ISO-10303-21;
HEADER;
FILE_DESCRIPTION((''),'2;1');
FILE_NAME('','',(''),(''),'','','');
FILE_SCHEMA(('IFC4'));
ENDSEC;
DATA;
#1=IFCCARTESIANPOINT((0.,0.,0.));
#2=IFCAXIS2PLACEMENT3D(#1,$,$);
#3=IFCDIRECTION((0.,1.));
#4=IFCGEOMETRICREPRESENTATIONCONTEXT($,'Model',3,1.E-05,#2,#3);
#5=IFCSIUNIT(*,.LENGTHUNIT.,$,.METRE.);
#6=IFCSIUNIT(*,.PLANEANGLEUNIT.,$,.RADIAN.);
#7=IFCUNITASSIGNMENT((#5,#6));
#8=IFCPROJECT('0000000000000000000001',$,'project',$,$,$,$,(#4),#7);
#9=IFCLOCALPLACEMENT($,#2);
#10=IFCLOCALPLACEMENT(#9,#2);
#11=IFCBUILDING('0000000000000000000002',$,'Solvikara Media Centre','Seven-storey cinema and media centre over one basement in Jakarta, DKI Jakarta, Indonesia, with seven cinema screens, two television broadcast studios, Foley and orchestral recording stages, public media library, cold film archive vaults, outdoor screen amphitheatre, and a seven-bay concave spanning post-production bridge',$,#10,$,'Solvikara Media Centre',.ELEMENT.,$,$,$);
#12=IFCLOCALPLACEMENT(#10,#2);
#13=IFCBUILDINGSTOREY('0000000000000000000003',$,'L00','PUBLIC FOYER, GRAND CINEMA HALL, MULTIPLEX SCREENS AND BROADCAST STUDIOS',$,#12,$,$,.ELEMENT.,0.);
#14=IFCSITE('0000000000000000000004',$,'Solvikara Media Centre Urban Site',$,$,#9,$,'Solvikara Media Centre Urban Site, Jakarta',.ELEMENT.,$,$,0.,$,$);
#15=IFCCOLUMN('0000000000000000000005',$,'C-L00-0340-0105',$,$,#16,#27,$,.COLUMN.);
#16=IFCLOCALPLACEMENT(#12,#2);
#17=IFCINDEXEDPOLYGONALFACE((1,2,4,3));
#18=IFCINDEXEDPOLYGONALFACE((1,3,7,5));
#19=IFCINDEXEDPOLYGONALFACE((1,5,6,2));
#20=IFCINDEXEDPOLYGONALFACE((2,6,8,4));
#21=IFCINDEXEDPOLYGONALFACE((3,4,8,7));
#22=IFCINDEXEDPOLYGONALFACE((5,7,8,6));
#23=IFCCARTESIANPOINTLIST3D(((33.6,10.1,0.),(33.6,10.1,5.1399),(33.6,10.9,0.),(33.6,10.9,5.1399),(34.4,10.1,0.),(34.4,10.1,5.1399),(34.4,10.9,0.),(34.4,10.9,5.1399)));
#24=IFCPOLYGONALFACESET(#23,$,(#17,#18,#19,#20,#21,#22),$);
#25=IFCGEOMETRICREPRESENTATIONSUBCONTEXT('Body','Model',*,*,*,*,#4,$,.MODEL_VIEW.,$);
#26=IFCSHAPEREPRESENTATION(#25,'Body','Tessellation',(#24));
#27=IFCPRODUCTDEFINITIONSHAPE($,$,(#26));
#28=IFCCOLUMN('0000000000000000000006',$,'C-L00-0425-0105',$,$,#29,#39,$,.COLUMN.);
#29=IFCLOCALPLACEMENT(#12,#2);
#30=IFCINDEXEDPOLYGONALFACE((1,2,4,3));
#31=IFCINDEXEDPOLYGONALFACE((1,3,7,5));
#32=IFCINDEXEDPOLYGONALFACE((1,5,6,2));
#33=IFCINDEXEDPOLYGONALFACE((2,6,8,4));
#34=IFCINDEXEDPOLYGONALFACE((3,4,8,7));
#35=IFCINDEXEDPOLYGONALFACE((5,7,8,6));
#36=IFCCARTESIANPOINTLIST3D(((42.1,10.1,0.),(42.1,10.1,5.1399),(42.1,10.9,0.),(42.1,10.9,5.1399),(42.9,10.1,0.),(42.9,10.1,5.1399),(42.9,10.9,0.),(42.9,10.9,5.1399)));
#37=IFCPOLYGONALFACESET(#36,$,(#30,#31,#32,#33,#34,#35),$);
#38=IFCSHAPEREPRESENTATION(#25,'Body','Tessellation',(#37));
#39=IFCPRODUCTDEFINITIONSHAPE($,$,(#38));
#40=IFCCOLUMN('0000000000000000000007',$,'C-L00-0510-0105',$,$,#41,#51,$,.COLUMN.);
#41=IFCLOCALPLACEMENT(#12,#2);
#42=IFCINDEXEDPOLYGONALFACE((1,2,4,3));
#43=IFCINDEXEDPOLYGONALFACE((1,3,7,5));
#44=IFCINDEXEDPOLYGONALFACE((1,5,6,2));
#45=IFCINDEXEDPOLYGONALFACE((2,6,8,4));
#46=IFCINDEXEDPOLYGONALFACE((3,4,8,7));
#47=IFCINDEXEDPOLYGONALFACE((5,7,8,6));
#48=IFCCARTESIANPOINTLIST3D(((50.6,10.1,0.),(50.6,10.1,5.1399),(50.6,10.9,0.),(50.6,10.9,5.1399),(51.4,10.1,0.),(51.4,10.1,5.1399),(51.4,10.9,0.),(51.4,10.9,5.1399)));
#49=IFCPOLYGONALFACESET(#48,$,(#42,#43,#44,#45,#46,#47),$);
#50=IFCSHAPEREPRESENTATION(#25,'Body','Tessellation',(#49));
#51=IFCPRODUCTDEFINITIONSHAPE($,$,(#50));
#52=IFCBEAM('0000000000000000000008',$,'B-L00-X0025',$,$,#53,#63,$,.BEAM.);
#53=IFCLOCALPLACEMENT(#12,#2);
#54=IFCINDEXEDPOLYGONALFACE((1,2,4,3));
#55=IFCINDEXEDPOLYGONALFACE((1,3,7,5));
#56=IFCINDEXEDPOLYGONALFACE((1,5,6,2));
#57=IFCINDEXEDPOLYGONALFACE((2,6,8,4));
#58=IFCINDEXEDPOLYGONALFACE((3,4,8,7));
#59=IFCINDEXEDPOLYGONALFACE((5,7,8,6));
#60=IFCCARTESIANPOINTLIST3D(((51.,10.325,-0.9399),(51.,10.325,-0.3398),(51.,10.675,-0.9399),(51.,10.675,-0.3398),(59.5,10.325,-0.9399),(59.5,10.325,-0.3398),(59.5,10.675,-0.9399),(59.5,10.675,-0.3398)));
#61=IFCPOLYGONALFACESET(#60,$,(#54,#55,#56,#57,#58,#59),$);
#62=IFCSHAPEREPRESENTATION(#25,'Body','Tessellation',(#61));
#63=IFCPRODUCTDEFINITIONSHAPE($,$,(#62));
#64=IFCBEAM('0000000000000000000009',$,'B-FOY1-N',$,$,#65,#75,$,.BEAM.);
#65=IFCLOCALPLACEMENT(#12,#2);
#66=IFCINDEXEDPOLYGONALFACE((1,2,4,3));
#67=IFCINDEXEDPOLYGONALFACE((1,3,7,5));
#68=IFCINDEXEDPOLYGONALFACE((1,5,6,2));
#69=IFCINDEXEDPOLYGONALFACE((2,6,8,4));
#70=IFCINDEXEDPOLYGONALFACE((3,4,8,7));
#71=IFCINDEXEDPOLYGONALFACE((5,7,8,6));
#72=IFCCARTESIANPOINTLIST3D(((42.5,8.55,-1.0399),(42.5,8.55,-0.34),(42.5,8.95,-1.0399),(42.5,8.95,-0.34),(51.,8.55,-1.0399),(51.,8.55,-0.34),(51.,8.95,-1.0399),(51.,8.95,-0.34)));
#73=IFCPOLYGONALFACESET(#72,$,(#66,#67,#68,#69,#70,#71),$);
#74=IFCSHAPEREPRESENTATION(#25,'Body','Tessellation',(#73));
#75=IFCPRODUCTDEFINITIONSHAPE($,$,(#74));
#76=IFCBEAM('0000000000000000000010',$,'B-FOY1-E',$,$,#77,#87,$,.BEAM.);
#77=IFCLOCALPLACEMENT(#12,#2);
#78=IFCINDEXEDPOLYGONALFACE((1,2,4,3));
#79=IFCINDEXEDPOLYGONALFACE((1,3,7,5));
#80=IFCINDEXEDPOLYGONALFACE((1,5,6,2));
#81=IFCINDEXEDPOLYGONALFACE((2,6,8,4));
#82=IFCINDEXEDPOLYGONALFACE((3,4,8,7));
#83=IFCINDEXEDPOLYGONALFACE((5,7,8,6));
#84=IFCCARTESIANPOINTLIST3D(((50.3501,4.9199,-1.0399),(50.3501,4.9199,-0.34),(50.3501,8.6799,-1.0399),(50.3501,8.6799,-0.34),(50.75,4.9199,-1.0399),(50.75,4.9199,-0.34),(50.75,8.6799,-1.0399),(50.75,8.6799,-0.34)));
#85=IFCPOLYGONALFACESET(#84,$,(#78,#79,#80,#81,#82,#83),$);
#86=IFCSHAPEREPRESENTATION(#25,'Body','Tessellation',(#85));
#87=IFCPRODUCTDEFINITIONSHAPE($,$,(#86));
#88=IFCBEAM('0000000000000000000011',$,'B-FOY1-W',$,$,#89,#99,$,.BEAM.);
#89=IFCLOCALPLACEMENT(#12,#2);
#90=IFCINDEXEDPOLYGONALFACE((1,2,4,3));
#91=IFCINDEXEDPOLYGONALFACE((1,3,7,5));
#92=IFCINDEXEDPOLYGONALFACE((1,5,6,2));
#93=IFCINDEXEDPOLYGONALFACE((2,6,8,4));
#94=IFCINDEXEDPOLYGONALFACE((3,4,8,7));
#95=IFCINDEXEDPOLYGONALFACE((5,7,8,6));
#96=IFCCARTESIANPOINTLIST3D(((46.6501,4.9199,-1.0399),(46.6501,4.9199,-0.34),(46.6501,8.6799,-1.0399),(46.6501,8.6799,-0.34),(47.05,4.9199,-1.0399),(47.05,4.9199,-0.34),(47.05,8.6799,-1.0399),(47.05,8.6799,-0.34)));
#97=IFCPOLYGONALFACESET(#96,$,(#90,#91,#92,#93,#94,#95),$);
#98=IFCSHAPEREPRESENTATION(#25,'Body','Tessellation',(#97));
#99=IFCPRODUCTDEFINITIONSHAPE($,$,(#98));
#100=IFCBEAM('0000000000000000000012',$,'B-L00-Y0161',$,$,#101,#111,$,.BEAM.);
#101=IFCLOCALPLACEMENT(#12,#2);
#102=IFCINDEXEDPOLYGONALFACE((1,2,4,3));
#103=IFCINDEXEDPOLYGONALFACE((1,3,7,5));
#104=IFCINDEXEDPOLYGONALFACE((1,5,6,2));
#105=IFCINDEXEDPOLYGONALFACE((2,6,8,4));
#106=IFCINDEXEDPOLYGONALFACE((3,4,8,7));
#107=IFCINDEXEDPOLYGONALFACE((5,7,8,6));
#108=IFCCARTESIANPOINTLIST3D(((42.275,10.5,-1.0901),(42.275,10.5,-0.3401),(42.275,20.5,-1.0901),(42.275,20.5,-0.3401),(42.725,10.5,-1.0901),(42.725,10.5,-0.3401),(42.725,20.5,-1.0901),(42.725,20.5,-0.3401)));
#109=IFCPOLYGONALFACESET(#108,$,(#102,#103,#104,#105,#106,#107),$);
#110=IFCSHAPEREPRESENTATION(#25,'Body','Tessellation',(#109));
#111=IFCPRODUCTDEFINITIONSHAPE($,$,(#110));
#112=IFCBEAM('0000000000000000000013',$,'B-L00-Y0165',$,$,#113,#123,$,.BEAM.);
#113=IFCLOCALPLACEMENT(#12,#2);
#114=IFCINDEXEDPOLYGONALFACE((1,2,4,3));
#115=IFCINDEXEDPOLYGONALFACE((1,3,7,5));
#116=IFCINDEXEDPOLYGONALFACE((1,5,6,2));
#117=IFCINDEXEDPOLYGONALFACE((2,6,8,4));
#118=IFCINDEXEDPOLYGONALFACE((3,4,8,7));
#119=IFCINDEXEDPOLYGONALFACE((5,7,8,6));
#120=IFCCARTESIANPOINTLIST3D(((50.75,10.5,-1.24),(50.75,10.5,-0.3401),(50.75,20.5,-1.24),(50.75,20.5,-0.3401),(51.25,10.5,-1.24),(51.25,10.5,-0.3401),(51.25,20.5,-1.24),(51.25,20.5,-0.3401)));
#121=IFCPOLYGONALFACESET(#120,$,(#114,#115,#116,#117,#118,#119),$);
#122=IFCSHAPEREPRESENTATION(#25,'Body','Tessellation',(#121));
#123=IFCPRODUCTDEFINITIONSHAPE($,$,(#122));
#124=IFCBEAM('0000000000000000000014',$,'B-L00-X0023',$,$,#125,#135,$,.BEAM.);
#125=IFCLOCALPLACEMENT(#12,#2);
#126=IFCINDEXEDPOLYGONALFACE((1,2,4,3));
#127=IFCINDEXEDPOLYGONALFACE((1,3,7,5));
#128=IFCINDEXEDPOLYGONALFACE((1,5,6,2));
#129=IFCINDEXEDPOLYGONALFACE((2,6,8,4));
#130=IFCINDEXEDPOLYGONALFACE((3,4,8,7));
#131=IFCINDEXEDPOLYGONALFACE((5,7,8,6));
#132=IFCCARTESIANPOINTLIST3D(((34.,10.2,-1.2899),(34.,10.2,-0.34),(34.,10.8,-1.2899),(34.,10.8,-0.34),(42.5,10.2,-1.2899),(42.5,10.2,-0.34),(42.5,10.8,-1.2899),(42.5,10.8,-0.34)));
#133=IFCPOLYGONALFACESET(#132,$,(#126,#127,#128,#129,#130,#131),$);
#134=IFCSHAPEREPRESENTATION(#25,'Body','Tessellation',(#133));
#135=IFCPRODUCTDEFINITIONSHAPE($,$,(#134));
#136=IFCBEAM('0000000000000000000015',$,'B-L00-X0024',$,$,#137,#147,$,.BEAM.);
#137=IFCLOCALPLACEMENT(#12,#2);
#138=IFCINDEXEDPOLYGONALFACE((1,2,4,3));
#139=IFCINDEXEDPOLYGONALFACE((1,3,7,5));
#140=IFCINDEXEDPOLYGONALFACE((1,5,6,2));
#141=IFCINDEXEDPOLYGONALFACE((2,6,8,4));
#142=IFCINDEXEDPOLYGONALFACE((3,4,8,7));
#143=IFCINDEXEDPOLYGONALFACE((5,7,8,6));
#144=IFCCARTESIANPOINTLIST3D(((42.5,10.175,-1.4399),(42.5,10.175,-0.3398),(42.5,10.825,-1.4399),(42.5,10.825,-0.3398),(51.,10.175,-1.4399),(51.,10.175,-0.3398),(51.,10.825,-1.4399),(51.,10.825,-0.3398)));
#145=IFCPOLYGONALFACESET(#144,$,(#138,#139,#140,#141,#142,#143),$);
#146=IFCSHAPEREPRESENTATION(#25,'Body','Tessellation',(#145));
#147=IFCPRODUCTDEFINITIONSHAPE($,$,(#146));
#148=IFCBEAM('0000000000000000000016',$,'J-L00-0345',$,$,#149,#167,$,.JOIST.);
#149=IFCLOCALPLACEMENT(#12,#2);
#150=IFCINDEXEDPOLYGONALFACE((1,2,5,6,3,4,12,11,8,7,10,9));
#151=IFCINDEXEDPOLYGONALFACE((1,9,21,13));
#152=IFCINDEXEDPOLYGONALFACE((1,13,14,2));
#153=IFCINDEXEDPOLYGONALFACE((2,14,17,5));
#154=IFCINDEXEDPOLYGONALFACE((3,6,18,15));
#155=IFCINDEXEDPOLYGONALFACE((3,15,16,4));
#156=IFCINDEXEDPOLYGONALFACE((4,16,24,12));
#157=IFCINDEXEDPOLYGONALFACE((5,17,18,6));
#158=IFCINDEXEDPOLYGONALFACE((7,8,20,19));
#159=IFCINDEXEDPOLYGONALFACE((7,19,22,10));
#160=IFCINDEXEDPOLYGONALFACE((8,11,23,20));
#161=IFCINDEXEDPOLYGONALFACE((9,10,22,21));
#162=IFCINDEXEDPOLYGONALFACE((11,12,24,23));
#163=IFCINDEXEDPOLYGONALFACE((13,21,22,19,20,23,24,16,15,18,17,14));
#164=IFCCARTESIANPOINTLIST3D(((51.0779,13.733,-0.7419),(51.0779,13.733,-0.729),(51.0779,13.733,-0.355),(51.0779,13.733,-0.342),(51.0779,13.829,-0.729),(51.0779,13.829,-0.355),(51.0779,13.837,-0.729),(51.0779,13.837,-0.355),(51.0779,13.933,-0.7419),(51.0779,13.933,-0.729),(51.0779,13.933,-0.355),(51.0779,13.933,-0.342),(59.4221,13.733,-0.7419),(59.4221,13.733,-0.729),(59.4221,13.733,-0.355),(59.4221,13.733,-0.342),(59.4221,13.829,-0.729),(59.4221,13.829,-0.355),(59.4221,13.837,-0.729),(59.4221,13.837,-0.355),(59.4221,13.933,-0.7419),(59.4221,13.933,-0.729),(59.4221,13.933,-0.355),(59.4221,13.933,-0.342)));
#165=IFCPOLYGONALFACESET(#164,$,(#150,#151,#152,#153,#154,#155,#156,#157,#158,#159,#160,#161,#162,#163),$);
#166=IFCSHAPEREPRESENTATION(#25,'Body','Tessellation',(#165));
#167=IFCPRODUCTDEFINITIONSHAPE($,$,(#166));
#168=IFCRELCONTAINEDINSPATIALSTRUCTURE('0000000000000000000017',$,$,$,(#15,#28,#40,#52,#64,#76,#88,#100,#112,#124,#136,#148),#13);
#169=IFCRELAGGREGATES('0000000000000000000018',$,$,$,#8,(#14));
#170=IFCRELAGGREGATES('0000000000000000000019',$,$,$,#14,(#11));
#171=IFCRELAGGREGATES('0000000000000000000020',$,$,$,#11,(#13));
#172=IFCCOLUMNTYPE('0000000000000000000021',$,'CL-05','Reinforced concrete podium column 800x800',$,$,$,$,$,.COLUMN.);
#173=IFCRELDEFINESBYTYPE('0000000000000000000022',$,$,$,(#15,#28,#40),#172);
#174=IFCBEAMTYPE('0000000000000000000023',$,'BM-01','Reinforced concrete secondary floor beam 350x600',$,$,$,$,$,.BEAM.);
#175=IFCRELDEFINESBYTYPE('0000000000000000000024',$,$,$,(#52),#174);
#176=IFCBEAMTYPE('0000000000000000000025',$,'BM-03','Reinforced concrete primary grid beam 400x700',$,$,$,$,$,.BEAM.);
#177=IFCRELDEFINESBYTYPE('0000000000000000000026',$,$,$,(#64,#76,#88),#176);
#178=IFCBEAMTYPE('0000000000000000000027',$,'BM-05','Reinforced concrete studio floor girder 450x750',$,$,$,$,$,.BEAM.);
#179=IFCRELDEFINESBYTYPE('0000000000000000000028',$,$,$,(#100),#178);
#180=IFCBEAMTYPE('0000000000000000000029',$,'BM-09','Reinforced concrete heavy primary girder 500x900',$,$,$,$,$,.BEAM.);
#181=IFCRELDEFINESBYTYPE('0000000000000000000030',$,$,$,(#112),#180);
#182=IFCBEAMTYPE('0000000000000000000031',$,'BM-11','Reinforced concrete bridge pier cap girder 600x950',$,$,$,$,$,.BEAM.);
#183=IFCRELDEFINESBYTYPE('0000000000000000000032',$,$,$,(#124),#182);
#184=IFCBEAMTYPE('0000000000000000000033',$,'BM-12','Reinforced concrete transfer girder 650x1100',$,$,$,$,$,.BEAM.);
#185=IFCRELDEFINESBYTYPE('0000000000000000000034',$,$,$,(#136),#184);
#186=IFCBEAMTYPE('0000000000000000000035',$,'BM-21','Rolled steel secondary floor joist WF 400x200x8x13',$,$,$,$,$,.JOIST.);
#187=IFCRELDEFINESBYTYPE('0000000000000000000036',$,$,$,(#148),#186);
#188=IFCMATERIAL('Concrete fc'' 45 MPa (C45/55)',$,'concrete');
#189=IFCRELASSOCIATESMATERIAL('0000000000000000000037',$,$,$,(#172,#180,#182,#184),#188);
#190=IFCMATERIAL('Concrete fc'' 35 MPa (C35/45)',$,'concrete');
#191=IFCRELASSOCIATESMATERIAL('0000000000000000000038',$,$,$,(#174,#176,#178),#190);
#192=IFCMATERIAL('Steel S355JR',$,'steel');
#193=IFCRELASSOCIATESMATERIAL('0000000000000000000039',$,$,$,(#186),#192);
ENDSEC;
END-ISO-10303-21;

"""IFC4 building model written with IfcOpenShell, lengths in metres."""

from ifc_helpers import new_model, si_unit, direction, frame, origin, origin_2d, place, context, subcontext, project, spatial, rectangle, i_section, extrude, material, material_profile, profile_set, type_object, element, save


model = new_model("IFC4")

# Units and contexts
model_context = context("Model", 3, precision=1e-05, world=origin(), true_north=direction((0.0, 1.0)))
body_context = subcontext(model_context, "Body", "Model", "MODEL_VIEW")
ifc_project = project(units=[si_unit("LENGTHUNIT", "METRE"), si_unit("PLANEANGLEUNIT", "RADIAN")], contexts=[model_context])

# Site, building, storey
site_placement = place(None, origin())
site = spatial("IfcSite", under=ifc_project, at=site_placement, Name="Solvikara Media Centre Urban Site", LongName="Solvikara Media Centre Urban Site, Jakarta", CompositionType="ELEMENT", RefElevation=0.0)
building_placement = place(site_placement, origin())
building = spatial("IfcBuilding", under=site, at=building_placement, Name="Solvikara Media Centre", Description="Seven-storey cinema and media centre over one basement in Jakarta, DKI Jakarta, Indonesia, with seven cinema screens, two television broadcast studios, Foley and orchestral recording stages, public media library, cold film archive vaults, outdoor screen amphitheatre, and a seven-bay concave spanning post-production bridge", LongName="Solvikara Media Centre", CompositionType="ELEMENT")
storey_placement = place(building_placement, origin())
storey = spatial("IfcBuildingStorey", under=building, at=storey_placement, Name="L00", Description="PUBLIC FOYER, GRAND CINEMA HALL, MULTIPLEX SCREENS AND BROADCAST STUDIOS", CompositionType="ELEMENT", Elevation=0.0)

# Columns
ifc_material_1 = material(Name="Concrete fc' 45 MPa (C45/55)", Category="concrete")
ifc_material_profile_1 = material_profile(ifc_material_1, rectangle(XDim=0.8, YDim=0.8, at=origin_2d()), Name="RC 800x800")
ifc_profile_set_1 = profile_set([ifc_material_profile_1], Name="Concrete fc' 45 MPa (C45/55)")
column_type = type_object("IfcColumnType", Name="CL-05", Description="Reinforced concrete podium column 800x800", PredefinedType="COLUMN", material=ifc_profile_set_1)
for number, where, z_axis, x_axis, name in (
    (1, (34.0, 10.5, 0.0), (0.0, 0.0, 1.0), (1.0, 0.0, 0.0), "C-L00-0340-0105"),
    (2, (42.5, 10.5, 0.0), (0.0, 0.0, 1.0), (1.0, 0.0, 0.0), "C-L00-0425-0105"),
    (3, (51.0, 10.5, 0.0), (0.0, 0.0, 1.0), (1.0, 0.0, 0.0), "C-L00-0510-0105"),
):
    element("IfcColumn", number, at=place(storey_placement, frame(where, z_axis=z_axis, x_axis=x_axis)), inside=storey, type_object=column_type, Name=name, PredefinedType="COLUMN", context=body_context, shape_type="SweptSolid", body=[
        extrude(rectangle(XDim=0.8, YDim=0.8, at=origin_2d()), origin(), (0.0, 0.0, 1.0), 5.1399),
    ])

# Beams
ifc_material_2 = material(Name="Concrete fc' 35 MPa (C35/45)", Category="concrete")
ifc_material_profile_2 = material_profile(ifc_material_2, rectangle(XDim=0.3501, YDim=0.6001, at=origin_2d()), Name="RC 350x600")
ifc_profile_set_2 = profile_set([ifc_material_profile_2], Name="Concrete fc' 35 MPa (C35/45)")
beam_type_1 = type_object("IfcBeamType", Name="BM-01", Description="Reinforced concrete secondary floor beam 350x600", PredefinedType="BEAM", material=ifc_profile_set_2)
beam_1_placement = place(storey_placement, frame((51.0, 10.5, -0.6399), z_axis=(1.0, 0.0, 0.0), x_axis=(0.0, 1.0, 0.0)))
element("IfcBeam", 4, at=beam_1_placement, inside=storey, type_object=beam_type_1, Name="B-L00-X0025", PredefinedType="BEAM", context=body_context, shape_type="SweptSolid", body=[
    extrude(rectangle(XDim=0.3501, YDim=0.6001, at=origin_2d()), origin(), (0.0, 0.0, 1.0), 8.5),
])
ifc_material_profile_3 = material_profile(ifc_material_2, rectangle(XDim=0.3999, YDim=0.7, at=origin_2d()), Name="RC 400x700")
ifc_profile_set_3 = profile_set([ifc_material_profile_3], Name="Concrete fc' 35 MPa (C35/45)")
beam_type_2 = type_object("IfcBeamType", Name="BM-03", Description="Reinforced concrete primary grid beam 400x700", PredefinedType="BEAM", material=ifc_profile_set_3)
beam_2_placement = place(storey_placement, frame((42.5, 8.75, -0.6899), z_axis=(1.0, 0.0, 0.0), x_axis=(0.0, 1.0, 0.0)))
element("IfcBeam", 5, at=beam_2_placement, inside=storey, type_object=beam_type_2, Name="B-FOY1-N", PredefinedType="BEAM", context=body_context, shape_type="SweptSolid", body=[
    extrude(rectangle(XDim=0.3999, YDim=0.7, at=origin_2d()), origin(), (0.0, 0.0, 1.0), 8.5),
])
for number, where, z_axis, x_axis, name in (
    (6, (50.55, 4.9199, -0.6899), (0.0, 1.0, 0.0), (-1.0, 0.0, 0.0), "B-FOY1-E"),
    (7, (46.8501, 4.9199, -0.6899), (0.0, 1.0, 0.0), (-1.0, 0.0, 0.0), "B-FOY1-W"),
):
    element("IfcBeam", number, at=place(storey_placement, frame(where, z_axis=z_axis, x_axis=x_axis)), inside=storey, type_object=beam_type_2, Name=name, PredefinedType="BEAM", context=body_context, shape_type="SweptSolid", body=[
        extrude(rectangle(XDim=0.3999, YDim=0.7, at=origin_2d()), origin(), (0.0, 0.0, 1.0), 3.76),
    ])
ifc_material_profile_4 = material_profile(ifc_material_2, rectangle(XDim=0.45, YDim=0.75, at=origin_2d()), Name="RC 450x750")
ifc_profile_set_4 = profile_set([ifc_material_profile_4], Name="Concrete fc' 35 MPa (C35/45)")
beam_type_3 = type_object("IfcBeamType", Name="BM-05", Description="Reinforced concrete studio floor girder 450x750", PredefinedType="BEAM", material=ifc_profile_set_4)
beam_3_placement = place(storey_placement, frame((42.5, 10.5, -0.7151), z_axis=(0.0, 1.0, 0.0), x_axis=(-1.0, 0.0, 0.0)))
element("IfcBeam", 8, at=beam_3_placement, inside=storey, type_object=beam_type_3, Name="B-L00-Y0161", PredefinedType="BEAM", context=body_context, shape_type="SweptSolid", body=[
    extrude(rectangle(XDim=0.45, YDim=0.75, at=origin_2d()), origin(), (0.0, 0.0, 1.0), 10.0),
])
ifc_material_profile_5 = material_profile(ifc_material_1, rectangle(XDim=0.5, YDim=0.8999, at=origin_2d()), Name="RC 500x900")
ifc_profile_set_5 = profile_set([ifc_material_profile_5], Name="Concrete fc' 45 MPa (C45/55)")
beam_type_4 = type_object("IfcBeamType", Name="BM-09", Description="Reinforced concrete heavy primary girder 500x900", PredefinedType="BEAM", material=ifc_profile_set_5)
beam_4_placement = place(storey_placement, frame((51.0, 10.5, -0.79), z_axis=(0.0, 1.0, 0.0), x_axis=(-1.0, 0.0, 0.0)))
element("IfcBeam", 9, at=beam_4_placement, inside=storey, type_object=beam_type_4, Name="B-L00-Y0165", PredefinedType="BEAM", context=body_context, shape_type="SweptSolid", body=[
    extrude(rectangle(XDim=0.5, YDim=0.8999, at=origin_2d()), origin(), (0.0, 0.0, 1.0), 10.0),
])
ifc_material_profile_6 = material_profile(ifc_material_1, rectangle(XDim=0.6001, YDim=0.95, at=origin_2d()), Name="RC 600x950")
ifc_profile_set_6 = profile_set([ifc_material_profile_6], Name="Concrete fc' 45 MPa (C45/55)")
beam_type_5 = type_object("IfcBeamType", Name="BM-11", Description="Reinforced concrete bridge pier cap girder 600x950", PredefinedType="BEAM", material=ifc_profile_set_6)
beam_5_placement = place(storey_placement, frame((34.0, 10.5, -0.8149), z_axis=(1.0, 0.0, 0.0), x_axis=(0.0, 1.0, 0.0)))
element("IfcBeam", 10, at=beam_5_placement, inside=storey, type_object=beam_type_5, Name="B-L00-X0023", PredefinedType="BEAM", context=body_context, shape_type="SweptSolid", body=[
    extrude(rectangle(XDim=0.6001, YDim=0.95, at=origin_2d()), origin(), (0.0, 0.0, 1.0), 8.5),
])
ifc_material_profile_7 = material_profile(ifc_material_1, rectangle(XDim=0.6499, YDim=1.1001, at=origin_2d()), Name="RC 650x1100")
ifc_profile_set_7 = profile_set([ifc_material_profile_7], Name="Concrete fc' 45 MPa (C45/55)")
beam_type_6 = type_object("IfcBeamType", Name="BM-12", Description="Reinforced concrete transfer girder 650x1100", PredefinedType="BEAM", material=ifc_profile_set_7)
beam_6_placement = place(storey_placement, frame((42.5, 10.5, -0.8899), z_axis=(1.0, 0.0, 0.0), x_axis=(0.0, 1.0, 0.0)))
element("IfcBeam", 11, at=beam_6_placement, inside=storey, type_object=beam_type_6, Name="B-L00-X0024", PredefinedType="BEAM", context=body_context, shape_type="SweptSolid", body=[
    extrude(rectangle(XDim=0.6499, YDim=1.1001, at=origin_2d()), origin(), (0.0, 0.0, 1.0), 8.5),
])
ifc_material_3 = material(Name="Steel S355JR", Category="steel")
ifc_material_profile_8 = material_profile(ifc_material_3, i_section(OverallWidth=0.2, OverallDepth=0.3999, WebThickness=0.0081, FlangeThickness=0.0129, at=origin_2d()), Name="WF 400x200x8x13")
ifc_profile_set_8 = profile_set([ifc_material_profile_8], Name="Steel S355JR")
beam_type_7 = type_object("IfcBeamType", Name="BM-21", Description="Rolled steel secondary floor joist WF 400x200x8x13", PredefinedType="JOIST", material=ifc_profile_set_8)
beam_7_placement = place(storey_placement, frame((51.0779, 13.833, -0.542), z_axis=(1.0, 0.0, 0.0), x_axis=(0.0, 1.0, 0.0)))
element("IfcBeam", 12, at=beam_7_placement, inside=storey, type_object=beam_type_7, Name="J-L00-0345", PredefinedType="JOIST", context=body_context, shape_type="SweptSolid", body=[
    extrude(i_section(OverallWidth=0.2, OverallDepth=0.3999, WebThickness=0.0081, FlangeThickness=0.0129, at=origin_2d()), origin(), (0.0, 0.0, 1.0), 8.3442),
])

save(model, "model.ifc")
